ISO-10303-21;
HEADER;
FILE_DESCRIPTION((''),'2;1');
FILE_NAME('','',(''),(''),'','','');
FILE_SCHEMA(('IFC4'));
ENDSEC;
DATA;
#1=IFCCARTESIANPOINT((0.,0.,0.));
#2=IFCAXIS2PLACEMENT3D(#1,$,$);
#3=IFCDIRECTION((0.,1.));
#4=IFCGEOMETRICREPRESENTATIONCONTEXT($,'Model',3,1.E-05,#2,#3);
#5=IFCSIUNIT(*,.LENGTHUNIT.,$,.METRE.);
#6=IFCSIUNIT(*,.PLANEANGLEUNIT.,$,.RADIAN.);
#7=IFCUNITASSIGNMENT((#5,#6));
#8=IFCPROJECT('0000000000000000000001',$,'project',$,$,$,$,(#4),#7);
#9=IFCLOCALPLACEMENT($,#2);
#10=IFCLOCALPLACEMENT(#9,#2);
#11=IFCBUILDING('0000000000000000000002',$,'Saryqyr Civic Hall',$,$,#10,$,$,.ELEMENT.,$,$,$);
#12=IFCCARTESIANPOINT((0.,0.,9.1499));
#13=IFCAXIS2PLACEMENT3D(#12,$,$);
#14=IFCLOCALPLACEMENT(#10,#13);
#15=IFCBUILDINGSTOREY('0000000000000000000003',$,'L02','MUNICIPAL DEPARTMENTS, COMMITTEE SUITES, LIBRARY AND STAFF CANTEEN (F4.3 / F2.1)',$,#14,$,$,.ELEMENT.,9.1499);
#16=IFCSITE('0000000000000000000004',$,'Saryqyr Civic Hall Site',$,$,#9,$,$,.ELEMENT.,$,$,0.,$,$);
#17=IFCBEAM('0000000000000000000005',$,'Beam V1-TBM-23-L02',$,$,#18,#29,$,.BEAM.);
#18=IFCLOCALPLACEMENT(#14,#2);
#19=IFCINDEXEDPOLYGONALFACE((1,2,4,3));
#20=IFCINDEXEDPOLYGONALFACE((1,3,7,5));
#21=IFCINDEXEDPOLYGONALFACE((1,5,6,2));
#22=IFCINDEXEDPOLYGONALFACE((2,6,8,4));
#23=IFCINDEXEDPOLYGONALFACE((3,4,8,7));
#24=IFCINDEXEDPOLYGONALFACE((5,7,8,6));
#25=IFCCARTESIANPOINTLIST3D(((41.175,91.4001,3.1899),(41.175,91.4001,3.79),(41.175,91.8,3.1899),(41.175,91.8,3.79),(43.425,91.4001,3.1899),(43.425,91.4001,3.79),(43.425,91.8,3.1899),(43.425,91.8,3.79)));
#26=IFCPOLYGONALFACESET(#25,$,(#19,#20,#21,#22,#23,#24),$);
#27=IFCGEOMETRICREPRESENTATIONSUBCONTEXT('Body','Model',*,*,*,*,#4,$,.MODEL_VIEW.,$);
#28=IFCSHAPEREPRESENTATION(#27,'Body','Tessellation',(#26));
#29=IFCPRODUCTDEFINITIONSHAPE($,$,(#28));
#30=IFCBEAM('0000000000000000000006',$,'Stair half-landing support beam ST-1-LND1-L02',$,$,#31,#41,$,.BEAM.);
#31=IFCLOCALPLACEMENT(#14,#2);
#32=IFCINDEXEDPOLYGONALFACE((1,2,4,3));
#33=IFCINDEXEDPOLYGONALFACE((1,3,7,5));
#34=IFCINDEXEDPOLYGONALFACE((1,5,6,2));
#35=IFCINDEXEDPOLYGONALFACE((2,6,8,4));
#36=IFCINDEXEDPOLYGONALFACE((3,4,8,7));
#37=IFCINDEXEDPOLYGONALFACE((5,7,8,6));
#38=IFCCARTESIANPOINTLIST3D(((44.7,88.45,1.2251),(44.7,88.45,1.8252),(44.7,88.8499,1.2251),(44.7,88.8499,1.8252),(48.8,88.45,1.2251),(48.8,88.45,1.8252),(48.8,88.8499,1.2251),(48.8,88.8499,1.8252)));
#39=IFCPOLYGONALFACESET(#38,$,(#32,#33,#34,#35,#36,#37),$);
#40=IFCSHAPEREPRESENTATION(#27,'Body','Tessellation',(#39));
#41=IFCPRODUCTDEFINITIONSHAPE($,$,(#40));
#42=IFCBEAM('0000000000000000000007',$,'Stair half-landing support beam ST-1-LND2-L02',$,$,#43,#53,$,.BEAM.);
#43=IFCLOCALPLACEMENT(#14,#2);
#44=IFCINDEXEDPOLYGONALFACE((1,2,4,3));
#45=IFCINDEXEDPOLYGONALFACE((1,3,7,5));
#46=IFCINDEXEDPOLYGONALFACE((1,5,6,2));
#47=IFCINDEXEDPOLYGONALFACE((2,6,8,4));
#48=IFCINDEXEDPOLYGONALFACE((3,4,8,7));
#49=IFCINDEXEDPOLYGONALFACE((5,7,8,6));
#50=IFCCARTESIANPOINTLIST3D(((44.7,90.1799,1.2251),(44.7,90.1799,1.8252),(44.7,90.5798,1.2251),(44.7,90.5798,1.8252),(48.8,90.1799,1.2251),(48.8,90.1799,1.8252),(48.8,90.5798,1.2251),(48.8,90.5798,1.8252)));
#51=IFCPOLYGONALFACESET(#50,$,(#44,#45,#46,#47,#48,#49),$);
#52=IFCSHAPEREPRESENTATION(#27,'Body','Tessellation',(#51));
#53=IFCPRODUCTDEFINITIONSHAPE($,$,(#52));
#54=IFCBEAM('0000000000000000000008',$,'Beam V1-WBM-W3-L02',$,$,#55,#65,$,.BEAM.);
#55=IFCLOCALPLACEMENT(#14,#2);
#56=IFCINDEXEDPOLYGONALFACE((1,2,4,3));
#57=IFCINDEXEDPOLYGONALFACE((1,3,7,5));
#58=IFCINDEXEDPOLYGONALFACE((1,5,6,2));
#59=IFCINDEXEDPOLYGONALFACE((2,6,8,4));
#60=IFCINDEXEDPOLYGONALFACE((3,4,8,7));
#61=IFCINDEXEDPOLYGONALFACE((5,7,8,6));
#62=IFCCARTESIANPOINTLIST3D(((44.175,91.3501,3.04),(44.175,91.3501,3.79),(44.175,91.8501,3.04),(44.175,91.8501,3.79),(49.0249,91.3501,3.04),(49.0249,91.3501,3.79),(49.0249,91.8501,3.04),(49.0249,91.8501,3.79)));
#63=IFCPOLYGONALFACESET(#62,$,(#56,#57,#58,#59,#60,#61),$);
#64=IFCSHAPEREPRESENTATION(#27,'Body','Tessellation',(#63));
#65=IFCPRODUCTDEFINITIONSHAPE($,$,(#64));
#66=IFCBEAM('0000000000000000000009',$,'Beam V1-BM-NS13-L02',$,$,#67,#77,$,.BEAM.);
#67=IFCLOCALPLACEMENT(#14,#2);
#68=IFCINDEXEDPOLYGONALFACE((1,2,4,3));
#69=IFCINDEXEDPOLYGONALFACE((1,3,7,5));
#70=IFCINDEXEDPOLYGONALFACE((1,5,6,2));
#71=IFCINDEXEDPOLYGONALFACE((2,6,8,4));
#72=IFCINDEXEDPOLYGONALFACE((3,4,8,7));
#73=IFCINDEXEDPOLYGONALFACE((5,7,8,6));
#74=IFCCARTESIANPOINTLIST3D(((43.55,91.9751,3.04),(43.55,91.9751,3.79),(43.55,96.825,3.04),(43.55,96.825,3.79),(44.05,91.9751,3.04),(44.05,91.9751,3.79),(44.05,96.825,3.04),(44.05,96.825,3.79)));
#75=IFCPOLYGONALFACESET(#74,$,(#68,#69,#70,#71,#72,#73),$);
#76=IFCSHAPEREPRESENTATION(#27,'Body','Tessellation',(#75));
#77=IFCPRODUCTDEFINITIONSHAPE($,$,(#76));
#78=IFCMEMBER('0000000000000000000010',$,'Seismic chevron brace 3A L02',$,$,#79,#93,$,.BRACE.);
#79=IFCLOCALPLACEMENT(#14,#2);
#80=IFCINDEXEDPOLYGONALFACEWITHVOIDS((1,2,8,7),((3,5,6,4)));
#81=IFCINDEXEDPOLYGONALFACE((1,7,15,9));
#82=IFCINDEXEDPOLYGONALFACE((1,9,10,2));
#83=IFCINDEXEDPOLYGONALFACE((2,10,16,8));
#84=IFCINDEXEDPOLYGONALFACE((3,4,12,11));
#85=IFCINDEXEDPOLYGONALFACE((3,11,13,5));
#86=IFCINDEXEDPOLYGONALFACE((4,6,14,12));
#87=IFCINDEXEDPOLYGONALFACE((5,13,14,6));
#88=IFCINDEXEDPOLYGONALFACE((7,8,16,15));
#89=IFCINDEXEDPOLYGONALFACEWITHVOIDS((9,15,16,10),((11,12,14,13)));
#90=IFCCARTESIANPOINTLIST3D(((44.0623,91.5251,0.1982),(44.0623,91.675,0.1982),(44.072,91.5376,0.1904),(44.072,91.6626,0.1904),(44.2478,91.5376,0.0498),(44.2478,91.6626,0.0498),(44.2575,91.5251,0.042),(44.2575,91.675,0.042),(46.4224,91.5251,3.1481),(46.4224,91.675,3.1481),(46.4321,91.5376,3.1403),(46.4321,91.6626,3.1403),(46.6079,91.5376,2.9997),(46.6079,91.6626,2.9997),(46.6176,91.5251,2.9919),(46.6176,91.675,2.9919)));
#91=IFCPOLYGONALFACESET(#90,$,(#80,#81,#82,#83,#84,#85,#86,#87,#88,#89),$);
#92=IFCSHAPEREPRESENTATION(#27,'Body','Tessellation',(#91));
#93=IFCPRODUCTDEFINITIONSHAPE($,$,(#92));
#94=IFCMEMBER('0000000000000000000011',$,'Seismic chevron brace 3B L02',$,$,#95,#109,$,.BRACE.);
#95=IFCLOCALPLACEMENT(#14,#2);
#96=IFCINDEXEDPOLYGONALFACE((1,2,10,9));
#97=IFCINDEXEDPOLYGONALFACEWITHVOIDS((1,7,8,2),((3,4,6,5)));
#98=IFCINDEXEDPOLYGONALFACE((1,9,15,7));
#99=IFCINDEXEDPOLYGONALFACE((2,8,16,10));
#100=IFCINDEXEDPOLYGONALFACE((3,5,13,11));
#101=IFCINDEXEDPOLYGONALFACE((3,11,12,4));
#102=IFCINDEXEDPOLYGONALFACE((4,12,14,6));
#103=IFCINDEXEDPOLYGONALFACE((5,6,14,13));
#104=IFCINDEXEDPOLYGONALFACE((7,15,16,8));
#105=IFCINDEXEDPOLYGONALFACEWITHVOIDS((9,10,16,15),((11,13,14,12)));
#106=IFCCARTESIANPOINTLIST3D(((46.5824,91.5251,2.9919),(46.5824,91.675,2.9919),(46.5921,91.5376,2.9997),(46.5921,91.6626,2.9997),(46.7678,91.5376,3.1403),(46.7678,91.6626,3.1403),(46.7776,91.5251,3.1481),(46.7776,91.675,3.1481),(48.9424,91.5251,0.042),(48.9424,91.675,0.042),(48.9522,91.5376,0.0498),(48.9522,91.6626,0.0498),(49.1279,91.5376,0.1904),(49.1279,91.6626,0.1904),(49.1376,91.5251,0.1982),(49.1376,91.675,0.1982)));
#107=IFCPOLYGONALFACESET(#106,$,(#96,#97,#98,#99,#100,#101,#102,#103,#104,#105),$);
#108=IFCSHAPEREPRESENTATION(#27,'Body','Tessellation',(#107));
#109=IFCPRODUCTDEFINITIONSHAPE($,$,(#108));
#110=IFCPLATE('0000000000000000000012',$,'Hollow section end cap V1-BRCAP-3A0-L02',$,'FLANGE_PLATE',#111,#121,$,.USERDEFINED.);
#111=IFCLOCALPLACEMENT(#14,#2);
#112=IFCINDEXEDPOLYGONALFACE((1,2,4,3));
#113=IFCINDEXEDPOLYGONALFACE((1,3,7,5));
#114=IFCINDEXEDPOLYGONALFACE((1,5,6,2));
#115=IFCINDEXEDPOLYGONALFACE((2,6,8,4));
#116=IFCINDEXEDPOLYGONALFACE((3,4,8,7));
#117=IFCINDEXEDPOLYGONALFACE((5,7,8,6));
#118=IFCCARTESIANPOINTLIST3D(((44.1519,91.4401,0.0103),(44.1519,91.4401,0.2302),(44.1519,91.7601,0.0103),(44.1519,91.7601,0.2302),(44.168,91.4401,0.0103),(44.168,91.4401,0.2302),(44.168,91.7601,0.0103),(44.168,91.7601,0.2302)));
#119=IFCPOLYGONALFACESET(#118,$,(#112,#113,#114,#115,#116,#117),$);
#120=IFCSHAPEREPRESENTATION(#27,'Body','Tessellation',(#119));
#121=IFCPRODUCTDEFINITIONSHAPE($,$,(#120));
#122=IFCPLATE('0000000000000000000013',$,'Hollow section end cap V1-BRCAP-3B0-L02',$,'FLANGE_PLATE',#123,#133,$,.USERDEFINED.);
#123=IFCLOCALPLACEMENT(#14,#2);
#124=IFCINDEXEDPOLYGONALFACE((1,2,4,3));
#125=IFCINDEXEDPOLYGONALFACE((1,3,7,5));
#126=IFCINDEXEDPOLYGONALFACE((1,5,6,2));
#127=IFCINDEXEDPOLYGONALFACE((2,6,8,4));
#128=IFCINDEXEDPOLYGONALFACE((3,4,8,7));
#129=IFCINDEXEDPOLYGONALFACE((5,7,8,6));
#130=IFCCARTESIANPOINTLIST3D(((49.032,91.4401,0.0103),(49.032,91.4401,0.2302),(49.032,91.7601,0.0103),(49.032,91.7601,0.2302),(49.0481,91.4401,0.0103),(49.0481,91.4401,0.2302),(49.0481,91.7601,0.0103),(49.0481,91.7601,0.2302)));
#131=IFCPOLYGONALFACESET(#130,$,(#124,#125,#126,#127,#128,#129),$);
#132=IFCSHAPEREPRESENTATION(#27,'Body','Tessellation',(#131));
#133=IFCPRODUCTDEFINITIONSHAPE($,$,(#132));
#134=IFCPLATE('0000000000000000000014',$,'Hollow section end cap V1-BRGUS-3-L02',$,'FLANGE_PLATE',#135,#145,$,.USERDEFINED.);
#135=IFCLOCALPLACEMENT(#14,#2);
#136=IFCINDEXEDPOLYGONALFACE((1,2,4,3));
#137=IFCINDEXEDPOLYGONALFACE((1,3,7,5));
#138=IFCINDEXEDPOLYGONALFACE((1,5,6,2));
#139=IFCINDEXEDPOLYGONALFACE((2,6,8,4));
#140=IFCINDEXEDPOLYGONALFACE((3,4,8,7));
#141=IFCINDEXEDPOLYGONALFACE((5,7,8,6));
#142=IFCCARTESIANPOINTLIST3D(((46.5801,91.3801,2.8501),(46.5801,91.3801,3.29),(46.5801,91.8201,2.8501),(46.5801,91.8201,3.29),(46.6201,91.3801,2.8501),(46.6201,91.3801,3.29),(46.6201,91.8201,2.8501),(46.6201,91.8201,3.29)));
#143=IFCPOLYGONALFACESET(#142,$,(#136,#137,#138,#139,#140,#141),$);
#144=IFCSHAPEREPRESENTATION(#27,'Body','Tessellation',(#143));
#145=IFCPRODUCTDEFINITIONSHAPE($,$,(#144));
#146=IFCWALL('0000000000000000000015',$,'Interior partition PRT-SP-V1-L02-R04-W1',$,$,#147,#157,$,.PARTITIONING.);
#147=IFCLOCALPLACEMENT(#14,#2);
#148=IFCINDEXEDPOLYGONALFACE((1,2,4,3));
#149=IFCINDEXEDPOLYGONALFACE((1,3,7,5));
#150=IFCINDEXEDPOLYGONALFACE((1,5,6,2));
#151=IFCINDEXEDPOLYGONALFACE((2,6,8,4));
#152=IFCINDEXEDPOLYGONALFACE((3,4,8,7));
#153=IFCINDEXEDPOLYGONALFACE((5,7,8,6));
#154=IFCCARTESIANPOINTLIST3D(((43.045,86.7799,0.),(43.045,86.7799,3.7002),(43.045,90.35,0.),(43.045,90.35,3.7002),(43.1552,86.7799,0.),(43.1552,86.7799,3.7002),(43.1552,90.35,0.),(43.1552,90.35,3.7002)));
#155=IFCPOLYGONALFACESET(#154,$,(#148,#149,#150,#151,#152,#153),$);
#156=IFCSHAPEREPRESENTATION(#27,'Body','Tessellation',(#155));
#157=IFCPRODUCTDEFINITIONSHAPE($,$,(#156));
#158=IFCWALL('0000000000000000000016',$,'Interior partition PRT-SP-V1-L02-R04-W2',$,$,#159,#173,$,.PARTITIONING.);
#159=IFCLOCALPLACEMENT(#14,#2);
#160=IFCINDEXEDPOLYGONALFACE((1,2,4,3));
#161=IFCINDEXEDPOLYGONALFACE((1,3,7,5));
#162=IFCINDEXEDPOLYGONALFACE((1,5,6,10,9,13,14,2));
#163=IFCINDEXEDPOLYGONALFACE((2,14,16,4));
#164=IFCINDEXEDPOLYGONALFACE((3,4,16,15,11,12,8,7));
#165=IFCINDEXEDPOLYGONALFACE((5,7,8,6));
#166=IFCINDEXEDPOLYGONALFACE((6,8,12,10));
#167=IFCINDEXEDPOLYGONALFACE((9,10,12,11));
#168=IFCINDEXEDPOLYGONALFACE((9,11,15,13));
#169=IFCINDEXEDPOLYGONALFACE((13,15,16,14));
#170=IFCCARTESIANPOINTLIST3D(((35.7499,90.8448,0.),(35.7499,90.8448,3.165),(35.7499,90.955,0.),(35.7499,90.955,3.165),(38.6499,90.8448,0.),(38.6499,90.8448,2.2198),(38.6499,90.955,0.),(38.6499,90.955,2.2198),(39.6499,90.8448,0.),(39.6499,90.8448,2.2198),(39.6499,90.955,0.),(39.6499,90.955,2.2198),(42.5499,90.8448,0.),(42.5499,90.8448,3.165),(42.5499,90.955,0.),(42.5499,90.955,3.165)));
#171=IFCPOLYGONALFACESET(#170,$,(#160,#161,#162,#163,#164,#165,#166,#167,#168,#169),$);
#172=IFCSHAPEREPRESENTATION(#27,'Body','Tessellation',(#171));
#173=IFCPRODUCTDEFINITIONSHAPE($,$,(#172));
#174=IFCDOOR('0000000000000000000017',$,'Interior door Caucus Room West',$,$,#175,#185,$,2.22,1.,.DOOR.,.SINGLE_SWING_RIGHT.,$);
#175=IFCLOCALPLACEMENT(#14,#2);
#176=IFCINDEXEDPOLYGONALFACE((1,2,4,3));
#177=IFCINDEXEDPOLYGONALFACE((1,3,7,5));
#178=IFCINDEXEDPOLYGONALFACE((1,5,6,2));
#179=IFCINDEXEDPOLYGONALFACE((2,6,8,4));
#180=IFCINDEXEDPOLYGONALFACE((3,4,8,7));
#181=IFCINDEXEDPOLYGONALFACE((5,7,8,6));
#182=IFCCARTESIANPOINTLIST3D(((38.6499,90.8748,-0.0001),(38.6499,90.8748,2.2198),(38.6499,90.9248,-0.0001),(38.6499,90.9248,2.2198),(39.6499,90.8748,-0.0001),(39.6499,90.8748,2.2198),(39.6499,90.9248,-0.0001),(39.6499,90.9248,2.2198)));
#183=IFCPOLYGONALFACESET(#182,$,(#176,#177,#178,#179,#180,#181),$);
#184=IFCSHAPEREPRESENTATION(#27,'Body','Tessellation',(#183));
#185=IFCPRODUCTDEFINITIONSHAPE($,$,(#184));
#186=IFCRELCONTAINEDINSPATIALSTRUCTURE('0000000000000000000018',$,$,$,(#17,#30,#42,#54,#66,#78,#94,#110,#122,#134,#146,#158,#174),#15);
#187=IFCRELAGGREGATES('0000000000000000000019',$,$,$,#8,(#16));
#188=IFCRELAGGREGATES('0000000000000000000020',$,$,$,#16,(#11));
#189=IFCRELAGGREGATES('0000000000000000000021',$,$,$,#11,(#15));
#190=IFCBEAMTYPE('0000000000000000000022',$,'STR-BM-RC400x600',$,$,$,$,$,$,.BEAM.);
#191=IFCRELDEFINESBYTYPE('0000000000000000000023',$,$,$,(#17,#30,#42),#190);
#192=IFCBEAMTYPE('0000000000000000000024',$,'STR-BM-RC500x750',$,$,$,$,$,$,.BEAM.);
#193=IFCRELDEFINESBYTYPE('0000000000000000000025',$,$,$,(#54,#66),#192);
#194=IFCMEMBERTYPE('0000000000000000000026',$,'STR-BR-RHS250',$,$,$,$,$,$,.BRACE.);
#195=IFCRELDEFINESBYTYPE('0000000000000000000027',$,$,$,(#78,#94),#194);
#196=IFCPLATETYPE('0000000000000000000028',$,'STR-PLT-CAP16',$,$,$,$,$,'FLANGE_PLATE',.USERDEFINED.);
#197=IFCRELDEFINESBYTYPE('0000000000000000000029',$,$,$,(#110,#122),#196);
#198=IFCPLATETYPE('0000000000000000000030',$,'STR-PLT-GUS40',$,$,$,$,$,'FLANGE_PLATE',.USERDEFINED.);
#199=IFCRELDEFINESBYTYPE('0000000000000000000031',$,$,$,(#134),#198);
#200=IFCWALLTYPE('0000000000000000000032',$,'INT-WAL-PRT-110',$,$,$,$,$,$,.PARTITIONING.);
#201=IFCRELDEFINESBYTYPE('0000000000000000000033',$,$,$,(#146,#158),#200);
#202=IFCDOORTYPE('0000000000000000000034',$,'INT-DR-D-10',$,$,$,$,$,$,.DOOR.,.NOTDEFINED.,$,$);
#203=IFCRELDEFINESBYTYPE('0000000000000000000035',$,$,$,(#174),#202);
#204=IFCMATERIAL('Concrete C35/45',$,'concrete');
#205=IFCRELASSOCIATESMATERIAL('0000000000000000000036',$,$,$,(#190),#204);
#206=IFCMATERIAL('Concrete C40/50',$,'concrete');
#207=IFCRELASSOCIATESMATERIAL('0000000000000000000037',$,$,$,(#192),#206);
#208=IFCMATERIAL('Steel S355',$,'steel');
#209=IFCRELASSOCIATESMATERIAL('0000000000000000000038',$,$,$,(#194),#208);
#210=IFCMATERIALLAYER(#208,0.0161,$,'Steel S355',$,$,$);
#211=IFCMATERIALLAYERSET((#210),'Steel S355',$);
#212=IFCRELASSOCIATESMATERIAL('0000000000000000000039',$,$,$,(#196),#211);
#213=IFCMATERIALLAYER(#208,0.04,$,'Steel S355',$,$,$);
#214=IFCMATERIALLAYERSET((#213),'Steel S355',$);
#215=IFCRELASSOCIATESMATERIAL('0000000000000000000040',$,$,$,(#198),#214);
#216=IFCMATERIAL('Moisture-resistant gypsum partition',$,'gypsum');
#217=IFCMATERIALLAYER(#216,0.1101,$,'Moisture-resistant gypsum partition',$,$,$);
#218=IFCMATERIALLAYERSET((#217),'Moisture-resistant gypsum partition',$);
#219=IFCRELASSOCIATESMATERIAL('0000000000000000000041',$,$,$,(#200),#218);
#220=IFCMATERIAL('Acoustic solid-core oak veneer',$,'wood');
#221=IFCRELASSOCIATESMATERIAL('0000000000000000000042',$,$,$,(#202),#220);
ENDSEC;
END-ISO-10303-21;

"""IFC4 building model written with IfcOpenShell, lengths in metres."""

from ifc_helpers import new_model, si_unit, direction, frame, frame_2d, origin, origin_2d, place, context, subcontext, project, spatial, rectangle, hollow_rectangle, extrude, material, layer, layer_set, material_profile, profile_set, type_object, element, fill, save


model = new_model("IFC4")

# Units and contexts
model_context = context("Model", 3, precision=1e-05, world=origin(), true_north=direction((0.0, 1.0)))
body_context = subcontext(model_context, "Body", "Model", "MODEL_VIEW")
ifc_project = project(units=[si_unit("LENGTHUNIT", "METRE"), si_unit("PLANEANGLEUNIT", "RADIAN")], contexts=[model_context])

# Site, building, storey
site_placement = place(None, origin())
site = spatial("IfcSite", under=ifc_project, at=site_placement, Name="Saryqyr Civic Hall Site", CompositionType="ELEMENT", RefElevation=0.0)
building_placement = place(site_placement, origin())
building = spatial("IfcBuilding", under=site, at=building_placement, Name="Saryqyr Civic Hall", CompositionType="ELEMENT")
storey_placement = place(building_placement, frame((0.0, 0.0, 9.1499)))
storey = spatial("IfcBuildingStorey", under=building, at=storey_placement, Name="L02", Description="MUNICIPAL DEPARTMENTS, COMMITTEE SUITES, LIBRARY AND STAFF CANTEEN (F4.3 / F2.1)", CompositionType="ELEMENT", Elevation=9.1499)

# Shared definitions
ifc_material_1 = material(Name="Steel S355", Category="steel")
ifc_material_2 = material(Name="Concrete C40/50", Category="concrete")

# Beams
ifc_material_3 = material(Name="Concrete C35/45", Category="concrete")
ifc_material_profile_1 = material_profile(ifc_material_3, rectangle(XDim=0.3999, YDim=0.6001, at=origin_2d()), Name="RC 400x600")
ifc_profile_set_1 = profile_set([ifc_material_profile_1], Name="Concrete C35/45")
beam_type_1 = type_object("IfcBeamType", Name="STR-BM-RC400x600", PredefinedType="BEAM", material=ifc_profile_set_1)
beam_1_placement = place(storey_placement, frame((41.175, 91.6001, 3.49), z_axis=(1.0, 0.0, 0.0), x_axis=(0.0, 1.0, 0.0)))
element("IfcBeam", 1, at=beam_1_placement, inside=storey, type_object=beam_type_1, Name="Beam V1-TBM-23-L02", PredefinedType="BEAM", context=body_context, shape_type="SweptSolid", body=[
    extrude(rectangle(XDim=0.3999, YDim=0.6001, at=origin_2d()), origin(), (0.0, 0.0, 1.0), 2.25),
])
for number, where, z_axis, x_axis, name in (
    (2, (48.8, 88.6499, 1.5251), (-1.0, 0.0, 0.0), (0.0, -1.0, 0.0), "Stair half-landing support beam ST-1-LND1-L02"),
    (3, (48.8, 90.3799, 1.5251), (-1.0, 0.0, 0.0), (0.0, -1.0, 0.0), "Stair half-landing support beam ST-1-LND2-L02"),
):
    element("IfcBeam", number, at=place(storey_placement, frame(where, z_axis=z_axis, x_axis=x_axis)), inside=storey, type_object=beam_type_1, Name=name, PredefinedType="BEAM", context=body_context, shape_type="SweptSolid", body=[
        extrude(rectangle(XDim=0.3999, YDim=0.6001, at=origin_2d()), origin(), (0.0, 0.0, 1.0), 4.1001),
    ])
ifc_material_profile_2 = material_profile(ifc_material_2, rectangle(XDim=0.5, YDim=0.75, at=origin_2d()), Name="RC 500x750")
ifc_profile_set_2 = profile_set([ifc_material_profile_2], Name="Concrete C40/50")
beam_type_2 = type_object("IfcBeamType", Name="STR-BM-RC500x750", PredefinedType="BEAM", material=ifc_profile_set_2)
for number, where, z_axis, x_axis, name in (
    (4, (44.175, 91.6001, 3.415), (1.0, 0.0, 0.0), (0.0, 1.0, 0.0), "Beam V1-WBM-W3-L02"),
    (5, (43.8, 91.9751, 3.415), (0.0, 1.0, 0.0), (-1.0, 0.0, 0.0), "Beam V1-BM-NS13-L02"),
):
    element("IfcBeam", number, at=place(storey_placement, frame(where, z_axis=z_axis, x_axis=x_axis)), inside=storey, type_object=beam_type_2, Name=name, PredefinedType="BEAM", context=body_context, shape_type="SweptSolid", body=[
        extrude(rectangle(XDim=0.5, YDim=0.75, at=origin_2d()), origin(), (0.0, 0.0, 1.0), 4.8499),
    ])

# Members
ifc_material_profile_3 = material_profile(ifc_material_1, hollow_rectangle(XDim=0.1499, YDim=0.25, WallThickness=0.0125, at=origin_2d()), Name="RHS 250x150x12.5")
ifc_profile_set_3 = profile_set([ifc_material_profile_3], Name="Steel S355")
member_type = type_object("IfcMemberType", Name="STR-BR-RHS250", PredefinedType="BRACE", material=ifc_profile_set_3)
for number, where, z_axis, x_axis, name in (
    (6, (44.1599, 91.6001, 0.1201), (0.624719, 0.0, 0.78085), (0.0, 1.0, 0.0), "Seismic chevron brace 3A L02"),
    (7, (49.04, 91.6001, 0.1201), (-0.624719, 0.0, 0.78085), (0.0, -1.0, 0.0), "Seismic chevron brace 3B L02"),
):
    element("IfcMember", number, at=place(storey_placement, frame(where, z_axis=z_axis, x_axis=x_axis)), inside=storey, type_object=member_type, Name=name, PredefinedType="BRACE", context=body_context, shape_type="SweptSolid", body=[
        extrude(hollow_rectangle(XDim=0.1499, YDim=0.25, WallThickness=0.0125, at=origin_2d()), origin(), (0.0, 0.0, 1.0), 3.7778),
    ])

# Plates
ifc_layer_1 = layer(ifc_material_1, 0.0161, Name="Steel S355")
ifc_layer_set_1 = layer_set([ifc_layer_1], Name="Steel S355")
plate_type_1 = type_object("IfcPlateType", Name="STR-PLT-CAP16", ElementType="FLANGE_PLATE", PredefinedType="USERDEFINED", material=ifc_layer_set_1)
for number, where, z_axis, x_axis, name in (
    (8, (44.1599, 91.6001, 0.0103), (0.0, 0.0, 1.0), (1.0, 0.0, 0.0), "Hollow section end cap V1-BRCAP-3A0-L02"),
    (9, (49.04, 91.6001, 0.0103), (0.0, 0.0, 1.0), (1.0, 0.0, 0.0), "Hollow section end cap V1-BRCAP-3B0-L02"),
):
    element("IfcPlate", number, at=place(storey_placement, frame(where, z_axis=z_axis, x_axis=x_axis)), inside=storey, type_object=plate_type_1, Name=name, ObjectType="FLANGE_PLATE", PredefinedType="USERDEFINED", context=body_context, shape_type="SweptSolid", body=[
        extrude(rectangle(XDim=0.0161, YDim=0.3201, at=origin_2d()), origin(), (0.0, 0.0, 1.0), 0.22),
    ])
ifc_layer_2 = layer(ifc_material_1, 0.04, Name="Steel S355")
ifc_layer_set_2 = layer_set([ifc_layer_2], Name="Steel S355")
plate_type_2 = type_object("IfcPlateType", Name="STR-PLT-GUS40", ElementType="FLANGE_PLATE", PredefinedType="USERDEFINED", material=ifc_layer_set_2)
plate_placement = place(storey_placement, frame((46.6001, 91.6001, 2.8501), z_axis=(0.0, 0.0, 1.0), x_axis=(1.0, 0.0, 0.0)))
element("IfcPlate", 10, at=plate_placement, inside=storey, type_object=plate_type_2, Name="Hollow section end cap V1-BRGUS-3-L02", ObjectType="FLANGE_PLATE", PredefinedType="USERDEFINED", context=body_context, shape_type="SweptSolid", body=[
    extrude(rectangle(XDim=0.04, YDim=0.4399, at=origin_2d()), origin(), (0.0, 0.0, 1.0), 0.4399),
])

# Wall
ifc_material_4 = material(Name="Moisture-resistant gypsum partition", Category="gypsum")
ifc_layer_3 = layer(ifc_material_4, 0.1101, Name="Moisture-resistant gypsum partition")
ifc_layer_set_3 = layer_set([ifc_layer_3], Name="Moisture-resistant gypsum partition")
wall_type_1 = type_object("IfcWallType", Name="INT-WAL-PRT-110", PredefinedType="PARTITIONING", material=ifc_layer_set_3)
wall_1_placement = place(storey_placement, frame((43.1001, 90.3501, 0.0), z_axis=(0.0, 0.0, 1.0), x_axis=(0.0, -1.0, 0.0)))
element("IfcWall", 11, at=wall_1_placement, inside=storey, type_object=wall_type_1, Name="Interior partition PRT-SP-V1-L02-R04-W1", PredefinedType="PARTITIONING", context=body_context, shape_type="SweptSolid", body=[
    extrude(rectangle(XDim=3.5701, YDim=0.1101, at=frame_2d((1.7852, 0.0))), origin(), (0.0, 0.0, 1.0), 3.7002),
])

# Wall, opening, door
wall_2_placement = place(storey_placement, frame((35.75, 90.8999, 0.0), z_axis=(0.0, 0.0, 1.0), x_axis=(1.0, 0.0, 0.0)))
wall_2 = element("IfcWall", 12, at=wall_2_placement, inside=storey, type_object=wall_type_1, Name="Interior partition PRT-SP-V1-L02-R04-W2", PredefinedType="PARTITIONING", context=body_context, shape_type="SweptSolid", body=[
    extrude(rectangle(XDim=6.8, YDim=0.1101, at=frame_2d((3.3999, 0.0))), origin(), (0.0, 0.0, 1.0), 3.165),
])
opening_placement = place(wall_2_placement, frame((2.8999, 0.0, 0.0)))
opening = element("IfcOpeningElement", 13, at=opening_placement, cuts=wall_2, PredefinedType="OPENING", context=body_context, shape_type="SweptSolid", body=[
    extrude(rectangle(XDim=1.0, YDim=2.22, at=frame_2d((0.5, 1.1099))), frame((0.0, 0.0649, 0.0), z_axis=(0.0, -1.0, 0.0), x_axis=(1.0, 0.0, 0.0)), (0.0, 0.0, 1.0), 0.1301),
])
ifc_material_5 = material(Name="Acoustic solid-core oak veneer", Category="wood")
door_type = type_object("IfcDoorType", Name="INT-DR-D-10", OperationType="NOTDEFINED", PredefinedType="DOOR", material=ifc_material_5)
door_placement = place(opening_placement, origin())
door = element("IfcDoor", 14, at=door_placement, inside=storey, type_object=door_type, Name="Interior door Caucus Room West", OperationType="SINGLE_SWING_RIGHT", OverallHeight=2.22, OverallWidth=1.0, PredefinedType="DOOR", context=body_context, shape_type="SweptSolid", body=[
    extrude(rectangle(XDim=1.0, YDim=2.22, at=frame_2d((0.5, 1.1099))), frame((0.0, 0.0249, 0.0), z_axis=(0.0, -1.0, 0.0), x_axis=(1.0, 0.0, 0.0)), (0.0, 0.0, 1.0), 0.05),
])
fill(opening, door)

save(model, "model.ifc")
